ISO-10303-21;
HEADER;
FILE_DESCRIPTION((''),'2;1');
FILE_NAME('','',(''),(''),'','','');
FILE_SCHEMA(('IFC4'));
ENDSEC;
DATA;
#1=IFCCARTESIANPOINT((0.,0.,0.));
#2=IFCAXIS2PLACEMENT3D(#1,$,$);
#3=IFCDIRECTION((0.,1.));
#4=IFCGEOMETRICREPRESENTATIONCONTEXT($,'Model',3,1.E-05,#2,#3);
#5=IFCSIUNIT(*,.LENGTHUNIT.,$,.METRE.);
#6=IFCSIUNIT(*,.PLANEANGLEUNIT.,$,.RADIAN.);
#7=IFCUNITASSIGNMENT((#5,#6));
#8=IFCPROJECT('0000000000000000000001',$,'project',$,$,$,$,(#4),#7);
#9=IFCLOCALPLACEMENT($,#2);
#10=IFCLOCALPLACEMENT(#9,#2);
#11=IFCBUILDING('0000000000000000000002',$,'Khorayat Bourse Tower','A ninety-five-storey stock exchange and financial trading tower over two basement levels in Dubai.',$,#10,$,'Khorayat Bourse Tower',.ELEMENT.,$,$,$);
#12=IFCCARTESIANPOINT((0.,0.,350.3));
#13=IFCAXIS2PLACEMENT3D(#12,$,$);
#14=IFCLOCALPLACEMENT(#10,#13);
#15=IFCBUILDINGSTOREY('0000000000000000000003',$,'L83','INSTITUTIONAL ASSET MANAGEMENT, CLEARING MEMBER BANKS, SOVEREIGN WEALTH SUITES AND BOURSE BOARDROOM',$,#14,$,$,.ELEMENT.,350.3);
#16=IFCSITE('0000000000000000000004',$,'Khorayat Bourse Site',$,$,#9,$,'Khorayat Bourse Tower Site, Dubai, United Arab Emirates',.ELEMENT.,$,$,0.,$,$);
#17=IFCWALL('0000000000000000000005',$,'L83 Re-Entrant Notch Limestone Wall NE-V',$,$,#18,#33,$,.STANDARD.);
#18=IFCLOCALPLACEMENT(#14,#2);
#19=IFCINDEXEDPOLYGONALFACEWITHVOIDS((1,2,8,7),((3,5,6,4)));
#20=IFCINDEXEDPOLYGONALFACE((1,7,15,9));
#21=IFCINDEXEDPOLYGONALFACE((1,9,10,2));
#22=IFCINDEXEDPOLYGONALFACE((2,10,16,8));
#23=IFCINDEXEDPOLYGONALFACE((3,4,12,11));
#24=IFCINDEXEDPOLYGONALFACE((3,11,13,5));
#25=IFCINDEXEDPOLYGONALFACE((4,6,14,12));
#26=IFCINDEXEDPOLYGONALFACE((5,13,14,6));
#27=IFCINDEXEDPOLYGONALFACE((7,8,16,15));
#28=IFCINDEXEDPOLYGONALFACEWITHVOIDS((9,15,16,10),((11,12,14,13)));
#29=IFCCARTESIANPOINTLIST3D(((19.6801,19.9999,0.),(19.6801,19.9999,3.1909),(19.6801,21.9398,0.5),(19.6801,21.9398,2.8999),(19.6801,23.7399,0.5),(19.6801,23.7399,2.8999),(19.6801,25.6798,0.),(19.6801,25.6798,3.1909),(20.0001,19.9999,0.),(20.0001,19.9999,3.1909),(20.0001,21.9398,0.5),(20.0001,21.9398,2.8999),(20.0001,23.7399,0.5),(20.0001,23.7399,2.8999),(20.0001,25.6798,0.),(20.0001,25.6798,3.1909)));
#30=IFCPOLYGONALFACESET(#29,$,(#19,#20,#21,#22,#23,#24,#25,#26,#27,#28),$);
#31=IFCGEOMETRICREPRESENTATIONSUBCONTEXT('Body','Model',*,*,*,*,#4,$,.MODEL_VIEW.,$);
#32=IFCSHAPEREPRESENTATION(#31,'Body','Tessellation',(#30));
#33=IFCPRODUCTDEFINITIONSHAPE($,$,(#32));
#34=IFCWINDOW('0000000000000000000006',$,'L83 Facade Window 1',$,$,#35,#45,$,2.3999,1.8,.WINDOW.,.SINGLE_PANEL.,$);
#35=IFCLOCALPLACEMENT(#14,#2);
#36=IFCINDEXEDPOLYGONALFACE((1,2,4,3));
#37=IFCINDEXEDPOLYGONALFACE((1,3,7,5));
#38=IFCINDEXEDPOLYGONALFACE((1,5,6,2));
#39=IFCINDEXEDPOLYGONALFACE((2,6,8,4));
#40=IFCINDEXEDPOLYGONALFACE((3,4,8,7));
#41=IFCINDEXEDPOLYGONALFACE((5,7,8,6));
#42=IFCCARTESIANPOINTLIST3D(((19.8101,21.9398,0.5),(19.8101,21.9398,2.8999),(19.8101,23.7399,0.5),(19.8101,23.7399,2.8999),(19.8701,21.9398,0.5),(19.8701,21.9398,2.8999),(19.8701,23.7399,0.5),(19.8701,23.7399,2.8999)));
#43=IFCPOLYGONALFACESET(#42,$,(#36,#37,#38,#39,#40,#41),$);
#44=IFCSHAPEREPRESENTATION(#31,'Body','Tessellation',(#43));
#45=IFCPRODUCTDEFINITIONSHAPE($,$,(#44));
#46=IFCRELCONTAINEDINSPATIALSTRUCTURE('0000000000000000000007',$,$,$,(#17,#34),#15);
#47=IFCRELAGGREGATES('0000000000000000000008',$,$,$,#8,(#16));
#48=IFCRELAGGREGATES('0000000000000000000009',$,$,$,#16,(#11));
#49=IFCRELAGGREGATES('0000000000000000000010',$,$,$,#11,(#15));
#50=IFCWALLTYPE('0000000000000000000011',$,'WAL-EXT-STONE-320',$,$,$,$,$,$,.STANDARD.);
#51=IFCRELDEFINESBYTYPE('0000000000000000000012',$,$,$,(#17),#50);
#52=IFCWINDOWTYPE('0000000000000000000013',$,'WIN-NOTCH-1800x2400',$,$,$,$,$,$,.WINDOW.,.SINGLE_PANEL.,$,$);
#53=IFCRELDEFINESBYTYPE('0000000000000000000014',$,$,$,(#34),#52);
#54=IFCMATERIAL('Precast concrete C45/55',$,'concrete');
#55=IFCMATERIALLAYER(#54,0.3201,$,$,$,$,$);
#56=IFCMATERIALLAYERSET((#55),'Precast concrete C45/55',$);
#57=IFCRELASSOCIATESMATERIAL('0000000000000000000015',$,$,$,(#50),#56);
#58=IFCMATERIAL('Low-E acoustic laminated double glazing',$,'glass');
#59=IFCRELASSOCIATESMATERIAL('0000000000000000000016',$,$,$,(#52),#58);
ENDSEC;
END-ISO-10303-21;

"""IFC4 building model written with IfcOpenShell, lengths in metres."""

from ifc_helpers import new_model, si_unit, direction, frame, frame_2d, origin, place, context, subcontext, project, spatial, rectangle, extrude, source, transform, mapped, material, layer, layer_set, type_object, element, fill, save


model = new_model("IFC4")

# Units and contexts
model_context = context("Model", 3, precision=1e-05, world=origin(), true_north=direction((0.0, 1.0)))
body_context = subcontext(model_context, "Body", "Model", "MODEL_VIEW")
ifc_project = project(units=[si_unit("LENGTHUNIT", "METRE"), si_unit("PLANEANGLEUNIT", "RADIAN")], contexts=[model_context])

# Site, building, storey
site_placement = place(None, origin())
site = spatial("IfcSite", under=ifc_project, at=site_placement, Name="Khorayat Bourse Site", LongName="Khorayat Bourse Tower Site, Dubai, United Arab Emirates", CompositionType="ELEMENT", RefElevation=0.0)
building_placement = place(site_placement, origin())
building = spatial("IfcBuilding", under=site, at=building_placement, Name="Khorayat Bourse Tower", Description="A ninety-five-storey stock exchange and financial trading tower over two basement levels in Dubai.", LongName="Khorayat Bourse Tower", CompositionType="ELEMENT")
storey_placement = place(building_placement, frame((0.0, 0.0, 350.3)))
storey = spatial("IfcBuildingStorey", under=building, at=storey_placement, Name="L83", Description="INSTITUTIONAL ASSET MANAGEMENT, CLEARING MEMBER BANKS, SOVEREIGN WEALTH SUITES AND BOURSE BOARDROOM", CompositionType="ELEMENT", Elevation=350.3)

# Wall, opening, window
ifc_material_1 = material(Name="Precast concrete C45/55", Category="concrete")
ifc_layer_1 = layer(ifc_material_1, 0.3201)
ifc_layer_set_1 = layer_set([ifc_layer_1], Name="Precast concrete C45/55")
wall_type = type_object("IfcWallType", Name="WAL-EXT-STONE-320", PredefinedType="STANDARD", material=ifc_layer_set_1)
shared_shape_1 = source(origin(), body_context, "Body", "SweptSolid", [
    extrude(rectangle(XDim=5.6799, YDim=0.3201, at=frame_2d((2.8398, 0.0))), origin(), (0.0, 0.0, 1.0), 3.1909),
])
shared_shape_2 = source(origin(), body_context, "Body", "SweptSolid", [
    extrude(rectangle(XDim=1.8, YDim=2.3999, at=frame_2d((0.8999, 1.2))), frame((0.0, 0.1699, 0.0), z_axis=(0.0, -1.0, 0.0), x_axis=(1.0, 0.0, 0.0)), (0.0, 0.0, 1.0), 0.3401),
])
ifc_material_2 = material(Name="Low-E acoustic laminated double glazing", Category="glass")
window_type = type_object("IfcWindowType", Name="WIN-NOTCH-1800x2400", PartitioningType="SINGLE_PANEL", PredefinedType="WINDOW", material=ifc_material_2)
shared_shape_3 = source(origin(), body_context, "Body", "SweptSolid", [
    extrude(rectangle(XDim=1.8, YDim=2.3999, at=frame_2d((0.8999, 1.2))), frame((0.0, 0.03, 0.0), z_axis=(0.0, -1.0, 0.0), x_axis=(1.0, 0.0, 0.0)), (0.0, 0.0, 1.0), 0.0601),
])
wall_1_placement = place(storey_placement, frame((19.8401, 20.0, 0.0), z_axis=(0.0, 0.0, 1.0), x_axis=(0.0, 1.0, 0.0)))
wall_1 = element("IfcWall", 1, at=wall_1_placement, inside=storey, type_object=wall_type, Name="L83 Re-Entrant Notch Limestone Wall NE-V", PredefinedType="STANDARD", context=body_context, shape_type="MappedRepresentation", body=[
    mapped(shared_shape_1, transform((0.0, 0.0, 0.0), scale=1.0)),
])
opening_1_placement = place(wall_1_placement, frame((1.9399, 0.0, 0.5)))
opening_1 = element("IfcOpeningElement", 2, at=opening_1_placement, cuts=wall_1, PredefinedType="OPENING", context=body_context, shape_type="MappedRepresentation", body=[
    mapped(shared_shape_2, transform((0.0, 0.0, 0.0), scale=1.0)),
])
window_1_placement = place(opening_1_placement, origin())
window_1 = element("IfcWindow", 3, at=window_1_placement, inside=storey, type_object=window_type, Name="L83 Facade Window 1", OverallHeight=2.3999, OverallWidth=1.8, PartitioningType="SINGLE_PANEL", PredefinedType="WINDOW", context=body_context, shape_type="MappedRepresentation", body=[
    mapped(shared_shape_3, transform((0.0, 0.0, 0.0), scale=1.0)),
])
fill(opening_1, window_1)

save(model, "model.ifc")
